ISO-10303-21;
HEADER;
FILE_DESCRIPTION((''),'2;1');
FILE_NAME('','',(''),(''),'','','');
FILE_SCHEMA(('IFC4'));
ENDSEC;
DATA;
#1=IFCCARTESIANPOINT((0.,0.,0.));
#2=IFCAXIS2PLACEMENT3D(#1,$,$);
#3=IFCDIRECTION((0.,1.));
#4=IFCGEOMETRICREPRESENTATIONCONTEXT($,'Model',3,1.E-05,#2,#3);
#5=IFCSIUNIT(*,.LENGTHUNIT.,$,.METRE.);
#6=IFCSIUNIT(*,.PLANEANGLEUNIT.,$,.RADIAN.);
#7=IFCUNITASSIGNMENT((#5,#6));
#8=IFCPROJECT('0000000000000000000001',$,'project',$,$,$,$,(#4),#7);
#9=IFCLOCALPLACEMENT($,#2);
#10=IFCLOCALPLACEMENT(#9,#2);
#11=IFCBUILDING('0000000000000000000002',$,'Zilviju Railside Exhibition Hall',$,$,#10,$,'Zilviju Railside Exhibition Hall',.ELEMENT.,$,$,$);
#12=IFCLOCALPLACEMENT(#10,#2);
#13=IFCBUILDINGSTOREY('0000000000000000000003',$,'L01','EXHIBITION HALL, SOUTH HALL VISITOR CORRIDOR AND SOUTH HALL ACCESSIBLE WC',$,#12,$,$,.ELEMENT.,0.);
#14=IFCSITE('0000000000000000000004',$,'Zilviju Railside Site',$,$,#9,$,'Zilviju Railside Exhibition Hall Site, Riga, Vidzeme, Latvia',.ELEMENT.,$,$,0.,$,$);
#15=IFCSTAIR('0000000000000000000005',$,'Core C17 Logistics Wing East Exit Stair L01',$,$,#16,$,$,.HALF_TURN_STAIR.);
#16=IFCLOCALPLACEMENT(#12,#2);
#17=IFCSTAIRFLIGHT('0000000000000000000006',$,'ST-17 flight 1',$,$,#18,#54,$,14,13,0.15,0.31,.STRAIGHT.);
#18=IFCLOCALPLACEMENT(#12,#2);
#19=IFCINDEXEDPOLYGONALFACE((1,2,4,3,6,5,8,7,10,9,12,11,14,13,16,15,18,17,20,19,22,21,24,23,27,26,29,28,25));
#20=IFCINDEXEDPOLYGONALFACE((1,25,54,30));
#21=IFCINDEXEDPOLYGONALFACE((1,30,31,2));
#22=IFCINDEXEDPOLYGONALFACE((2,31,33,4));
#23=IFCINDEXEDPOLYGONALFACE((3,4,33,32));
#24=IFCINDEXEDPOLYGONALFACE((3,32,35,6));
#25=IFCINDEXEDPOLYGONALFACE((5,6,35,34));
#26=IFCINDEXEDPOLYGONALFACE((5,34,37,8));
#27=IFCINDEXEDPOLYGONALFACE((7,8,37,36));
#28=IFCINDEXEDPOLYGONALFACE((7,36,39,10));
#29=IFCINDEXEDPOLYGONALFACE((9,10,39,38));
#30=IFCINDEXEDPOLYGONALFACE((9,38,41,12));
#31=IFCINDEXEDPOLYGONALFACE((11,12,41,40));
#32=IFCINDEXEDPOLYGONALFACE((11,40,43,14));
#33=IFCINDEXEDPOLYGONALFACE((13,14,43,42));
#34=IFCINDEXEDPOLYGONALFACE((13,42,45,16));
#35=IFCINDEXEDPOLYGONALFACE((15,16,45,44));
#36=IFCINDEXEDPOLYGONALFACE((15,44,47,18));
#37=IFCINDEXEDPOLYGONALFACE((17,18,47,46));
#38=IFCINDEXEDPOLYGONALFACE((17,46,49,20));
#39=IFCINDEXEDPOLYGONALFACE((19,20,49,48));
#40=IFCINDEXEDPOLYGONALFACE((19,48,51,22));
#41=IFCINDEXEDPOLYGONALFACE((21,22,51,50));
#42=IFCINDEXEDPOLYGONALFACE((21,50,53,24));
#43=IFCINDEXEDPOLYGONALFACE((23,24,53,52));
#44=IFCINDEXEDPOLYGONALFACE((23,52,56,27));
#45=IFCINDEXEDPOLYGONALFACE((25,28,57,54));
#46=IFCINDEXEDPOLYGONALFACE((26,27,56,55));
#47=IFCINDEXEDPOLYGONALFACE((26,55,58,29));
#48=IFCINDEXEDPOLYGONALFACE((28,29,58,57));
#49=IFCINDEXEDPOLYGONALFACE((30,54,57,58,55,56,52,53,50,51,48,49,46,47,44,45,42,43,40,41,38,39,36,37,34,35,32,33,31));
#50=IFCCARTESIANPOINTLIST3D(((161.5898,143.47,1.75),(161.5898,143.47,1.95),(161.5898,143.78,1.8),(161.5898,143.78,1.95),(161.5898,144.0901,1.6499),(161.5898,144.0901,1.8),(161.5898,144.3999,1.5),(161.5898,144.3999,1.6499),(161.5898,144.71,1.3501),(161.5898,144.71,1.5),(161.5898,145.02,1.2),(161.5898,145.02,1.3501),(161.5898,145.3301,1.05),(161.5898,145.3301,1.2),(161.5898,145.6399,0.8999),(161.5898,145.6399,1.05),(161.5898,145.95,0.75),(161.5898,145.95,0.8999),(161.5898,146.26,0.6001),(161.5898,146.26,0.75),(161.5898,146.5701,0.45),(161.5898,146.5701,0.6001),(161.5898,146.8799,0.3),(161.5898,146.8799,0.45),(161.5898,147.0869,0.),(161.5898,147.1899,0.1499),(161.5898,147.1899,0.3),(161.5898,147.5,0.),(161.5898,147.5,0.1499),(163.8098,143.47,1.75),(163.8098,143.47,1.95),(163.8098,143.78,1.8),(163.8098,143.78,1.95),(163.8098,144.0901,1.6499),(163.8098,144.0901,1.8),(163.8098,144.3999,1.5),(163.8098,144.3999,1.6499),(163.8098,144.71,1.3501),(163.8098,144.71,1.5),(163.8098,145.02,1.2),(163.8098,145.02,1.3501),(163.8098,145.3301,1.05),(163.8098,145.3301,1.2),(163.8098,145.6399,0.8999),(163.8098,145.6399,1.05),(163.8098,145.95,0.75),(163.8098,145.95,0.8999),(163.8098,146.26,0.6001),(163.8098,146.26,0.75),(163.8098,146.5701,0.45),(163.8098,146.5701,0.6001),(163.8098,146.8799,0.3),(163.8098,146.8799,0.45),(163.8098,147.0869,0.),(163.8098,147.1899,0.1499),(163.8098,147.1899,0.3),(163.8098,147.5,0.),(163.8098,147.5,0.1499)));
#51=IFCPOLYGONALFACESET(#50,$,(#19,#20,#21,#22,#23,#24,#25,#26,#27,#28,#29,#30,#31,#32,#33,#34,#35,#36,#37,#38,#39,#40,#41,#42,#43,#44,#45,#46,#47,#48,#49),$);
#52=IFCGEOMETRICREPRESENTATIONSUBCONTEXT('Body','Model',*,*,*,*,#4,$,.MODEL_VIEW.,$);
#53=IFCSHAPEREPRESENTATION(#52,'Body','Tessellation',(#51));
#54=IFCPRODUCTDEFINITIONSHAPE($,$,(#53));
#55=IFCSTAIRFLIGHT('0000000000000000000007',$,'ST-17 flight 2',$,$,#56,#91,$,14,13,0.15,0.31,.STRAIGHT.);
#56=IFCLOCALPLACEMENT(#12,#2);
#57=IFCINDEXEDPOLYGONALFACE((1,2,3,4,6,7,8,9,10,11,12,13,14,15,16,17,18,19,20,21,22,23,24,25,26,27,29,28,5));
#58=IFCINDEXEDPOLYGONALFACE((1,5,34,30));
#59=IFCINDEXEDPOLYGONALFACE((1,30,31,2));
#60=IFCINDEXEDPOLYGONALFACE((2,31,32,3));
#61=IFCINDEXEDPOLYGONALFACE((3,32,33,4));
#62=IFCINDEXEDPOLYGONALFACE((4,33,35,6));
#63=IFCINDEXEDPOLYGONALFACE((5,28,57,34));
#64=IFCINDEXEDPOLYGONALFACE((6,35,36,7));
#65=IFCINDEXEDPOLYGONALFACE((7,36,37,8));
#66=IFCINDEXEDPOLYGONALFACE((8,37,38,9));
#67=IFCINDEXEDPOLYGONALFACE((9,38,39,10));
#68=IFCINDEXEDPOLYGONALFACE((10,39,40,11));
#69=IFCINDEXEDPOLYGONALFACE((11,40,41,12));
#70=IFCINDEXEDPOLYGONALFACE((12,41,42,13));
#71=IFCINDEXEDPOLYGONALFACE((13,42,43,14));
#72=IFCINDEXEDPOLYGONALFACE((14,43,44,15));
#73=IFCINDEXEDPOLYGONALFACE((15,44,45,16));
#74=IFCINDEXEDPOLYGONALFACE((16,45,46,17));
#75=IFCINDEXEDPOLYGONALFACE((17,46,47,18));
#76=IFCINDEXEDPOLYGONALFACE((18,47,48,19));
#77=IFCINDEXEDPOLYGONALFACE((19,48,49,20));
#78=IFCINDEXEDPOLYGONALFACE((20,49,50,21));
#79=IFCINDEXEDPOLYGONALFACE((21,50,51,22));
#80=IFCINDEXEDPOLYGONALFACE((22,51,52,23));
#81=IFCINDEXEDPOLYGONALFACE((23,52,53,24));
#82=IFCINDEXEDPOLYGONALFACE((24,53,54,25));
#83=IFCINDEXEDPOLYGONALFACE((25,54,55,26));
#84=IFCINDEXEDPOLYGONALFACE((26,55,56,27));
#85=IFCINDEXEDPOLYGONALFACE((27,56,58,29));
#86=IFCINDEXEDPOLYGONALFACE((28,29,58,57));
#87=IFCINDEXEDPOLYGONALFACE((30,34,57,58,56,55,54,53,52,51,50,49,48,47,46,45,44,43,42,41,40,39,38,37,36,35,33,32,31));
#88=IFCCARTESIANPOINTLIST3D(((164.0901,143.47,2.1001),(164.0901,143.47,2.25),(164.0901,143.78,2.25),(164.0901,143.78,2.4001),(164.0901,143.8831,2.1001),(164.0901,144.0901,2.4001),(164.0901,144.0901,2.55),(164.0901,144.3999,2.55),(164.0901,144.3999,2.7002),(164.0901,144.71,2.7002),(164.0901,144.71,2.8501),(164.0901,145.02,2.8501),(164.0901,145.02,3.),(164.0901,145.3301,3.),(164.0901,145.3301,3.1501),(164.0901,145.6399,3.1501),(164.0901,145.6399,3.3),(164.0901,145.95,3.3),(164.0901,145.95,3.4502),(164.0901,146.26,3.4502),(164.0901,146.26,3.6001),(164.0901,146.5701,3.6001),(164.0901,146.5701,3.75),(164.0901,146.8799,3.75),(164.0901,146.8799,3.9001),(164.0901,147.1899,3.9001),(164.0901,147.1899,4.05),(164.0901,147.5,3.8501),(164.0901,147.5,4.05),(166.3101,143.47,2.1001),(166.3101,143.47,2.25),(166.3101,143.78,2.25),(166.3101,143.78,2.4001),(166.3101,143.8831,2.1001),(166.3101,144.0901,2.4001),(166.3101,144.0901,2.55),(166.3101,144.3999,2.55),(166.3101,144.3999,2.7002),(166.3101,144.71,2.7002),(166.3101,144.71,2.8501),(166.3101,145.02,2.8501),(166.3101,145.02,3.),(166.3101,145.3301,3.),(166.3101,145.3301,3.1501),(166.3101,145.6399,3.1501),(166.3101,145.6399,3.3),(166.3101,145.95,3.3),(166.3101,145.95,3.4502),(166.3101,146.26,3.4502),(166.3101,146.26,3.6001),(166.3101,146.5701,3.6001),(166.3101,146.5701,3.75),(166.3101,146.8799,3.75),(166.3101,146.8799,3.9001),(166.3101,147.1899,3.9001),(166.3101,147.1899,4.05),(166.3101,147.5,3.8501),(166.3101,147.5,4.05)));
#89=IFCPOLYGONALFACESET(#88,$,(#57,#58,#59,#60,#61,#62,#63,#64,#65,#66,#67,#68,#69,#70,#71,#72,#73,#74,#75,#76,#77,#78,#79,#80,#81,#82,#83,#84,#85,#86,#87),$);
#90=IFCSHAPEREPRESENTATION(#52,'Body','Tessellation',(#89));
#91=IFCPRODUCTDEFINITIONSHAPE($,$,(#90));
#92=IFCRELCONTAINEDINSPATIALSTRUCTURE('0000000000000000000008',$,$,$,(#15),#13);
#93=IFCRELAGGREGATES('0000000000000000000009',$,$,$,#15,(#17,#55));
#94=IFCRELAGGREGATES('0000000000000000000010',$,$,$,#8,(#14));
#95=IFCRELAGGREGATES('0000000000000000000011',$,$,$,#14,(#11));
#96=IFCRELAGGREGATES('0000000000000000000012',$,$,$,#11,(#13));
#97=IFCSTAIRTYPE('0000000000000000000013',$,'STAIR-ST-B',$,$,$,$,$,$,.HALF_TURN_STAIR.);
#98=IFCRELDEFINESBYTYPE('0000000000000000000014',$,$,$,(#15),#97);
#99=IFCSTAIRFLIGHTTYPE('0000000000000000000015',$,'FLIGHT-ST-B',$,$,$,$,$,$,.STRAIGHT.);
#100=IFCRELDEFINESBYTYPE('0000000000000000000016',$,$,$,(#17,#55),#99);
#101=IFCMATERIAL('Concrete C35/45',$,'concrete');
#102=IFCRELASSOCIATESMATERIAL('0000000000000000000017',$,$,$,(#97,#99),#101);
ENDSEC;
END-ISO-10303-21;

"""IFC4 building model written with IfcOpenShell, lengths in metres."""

from ifc_helpers import new_model, si_unit, direction, frame, origin, place, context, subcontext, project, spatial, polyline, outline, extrude, material, type_object, element, aggregate, save


model = new_model("IFC4")

# Units and contexts
model_context = context("Model", 3, precision=1e-05, world=origin(), true_north=direction((0.0, 1.0)))
body_context = subcontext(model_context, "Body", "Model", "MODEL_VIEW")
ifc_project = project(units=[si_unit("LENGTHUNIT", "METRE"), si_unit("PLANEANGLEUNIT", "RADIAN")], contexts=[model_context])

# Site, building, storey
site_placement = place(None, origin())
site = spatial("IfcSite", under=ifc_project, at=site_placement, Name="Zilviju Railside Site", LongName="Zilviju Railside Exhibition Hall Site, Riga, Vidzeme, Latvia", CompositionType="ELEMENT", RefElevation=0.0)
building_placement = place(site_placement, origin())
building = spatial("IfcBuilding", under=site, at=building_placement, Name="Zilviju Railside Exhibition Hall", LongName="Zilviju Railside Exhibition Hall", CompositionType="ELEMENT")
storey_placement = place(building_placement, origin())
storey = spatial("IfcBuildingStorey", under=building, at=storey_placement, Name="L01", Description="EXHIBITION HALL, SOUTH HALL VISITOR CORRIDOR AND SOUTH HALL ACCESSIBLE WC", CompositionType="ELEMENT", Elevation=0.0)

# Shared definitions
ifc_material_1 = material(Name="Concrete C35/45", Category="concrete")

# Stair, stair flights
stair_type = type_object("IfcStairType", Name="STAIR-ST-B", PredefinedType="HALF_TURN_STAIR", material=ifc_material_1)
stair_placement = place(storey_placement, origin())
stair = element("IfcStair", 1, at=stair_placement, inside=storey, type_object=stair_type, Name="Core C17 Logistics Wing East Exit Stair L01", PredefinedType="HALF_TURN_STAIR")
stair_flight_type = type_object("IfcStairFlightType", Name="FLIGHT-ST-B", PredefinedType="STRAIGHT", material=ifc_material_1)
stair_flight_1_placement = place(storey_placement, frame((162.7, 147.5, 0.0), z_axis=(0.0, 0.0, 1.0), x_axis=(0.0, -1.0, 0.0)))
stair_flight_1 = element("IfcStairFlight", 2, at=stair_flight_1_placement, type_object=stair_flight_type, Name="ST-17 flight 1", NumberOfRisers=14, NumberOfTreads=13, PredefinedType="STRAIGHT", RiserHeight=0.15, TreadLength=0.31, context=body_context, shape_type="SweptSolid", body=[
    extrude(outline(polyline([(0.0, 0.0), (0.0, 0.1499), (0.3101, 0.1499), (0.3101, 0.3), (0.6201, 0.3), (0.6201, 0.45), (0.9299, 0.45), (0.9299, 0.6001), (1.24, 0.6001), (1.24, 0.75), (1.55, 0.75), (1.55, 0.8999), (1.8601, 0.8999), (1.8601, 1.05), (2.1699, 1.05), (2.1699, 1.2), (2.48, 1.2), (2.48, 1.3501), (2.79, 1.3501), (2.79, 1.5), (3.1001, 1.5), (3.1001, 1.6499), (3.4099, 1.6499), (3.4099, 1.8), (3.72, 1.8), (3.72, 1.95), (4.03, 1.95), (4.03, 2.1001), (4.03, 1.75), (0.4131, 0.0), (0.0, 0.0)])), frame((0.0, 1.1099, 0.0), z_axis=(0.0, -1.0, 0.0), x_axis=(1.0, 0.0, 0.0)), (0.0, 0.0, 1.0), 2.22),
])
stair_flight_2_placement = place(storey_placement, frame((165.2, 143.47, 2.1001), z_axis=(0.0, 0.0, 1.0), x_axis=(0.0, 1.0, 0.0)))
stair_flight_2 = element("IfcStairFlight", 3, at=stair_flight_2_placement, type_object=stair_flight_type, Name="ST-17 flight 2", NumberOfRisers=14, NumberOfTreads=13, PredefinedType="STRAIGHT", RiserHeight=0.15, TreadLength=0.31, context=body_context, shape_type="SweptSolid", body=[
    extrude(outline(polyline([(0.0, 0.0), (0.0, 0.1499), (0.3101, 0.1499), (0.3101, 0.3), (0.6201, 0.3), (0.6201, 0.45), (0.9299, 0.45), (0.9299, 0.6001), (1.24, 0.6001), (1.24, 0.75), (1.55, 0.75), (1.55, 0.8999), (1.8601, 0.8999), (1.8601, 1.05), (2.1699, 1.05), (2.1699, 1.2), (2.48, 1.2), (2.48, 1.3501), (2.79, 1.3501), (2.79, 1.5), (3.1001, 1.5), (3.1001, 1.6499), (3.4099, 1.6499), (3.4099, 1.8), (3.72, 1.8), (3.72, 1.95), (4.03, 1.95), (4.03, 2.1001), (4.03, 1.75), (0.4131, 0.0), (0.0, 0.0)])), frame((0.0, 1.1099, 0.0), z_axis=(0.0, -1.0, 0.0), x_axis=(1.0, 0.0, 0.0)), (0.0, 0.0, 1.0), 2.22),
])
aggregate(stair, [stair_flight_1, stair_flight_2])

save(model, "model.ifc")
